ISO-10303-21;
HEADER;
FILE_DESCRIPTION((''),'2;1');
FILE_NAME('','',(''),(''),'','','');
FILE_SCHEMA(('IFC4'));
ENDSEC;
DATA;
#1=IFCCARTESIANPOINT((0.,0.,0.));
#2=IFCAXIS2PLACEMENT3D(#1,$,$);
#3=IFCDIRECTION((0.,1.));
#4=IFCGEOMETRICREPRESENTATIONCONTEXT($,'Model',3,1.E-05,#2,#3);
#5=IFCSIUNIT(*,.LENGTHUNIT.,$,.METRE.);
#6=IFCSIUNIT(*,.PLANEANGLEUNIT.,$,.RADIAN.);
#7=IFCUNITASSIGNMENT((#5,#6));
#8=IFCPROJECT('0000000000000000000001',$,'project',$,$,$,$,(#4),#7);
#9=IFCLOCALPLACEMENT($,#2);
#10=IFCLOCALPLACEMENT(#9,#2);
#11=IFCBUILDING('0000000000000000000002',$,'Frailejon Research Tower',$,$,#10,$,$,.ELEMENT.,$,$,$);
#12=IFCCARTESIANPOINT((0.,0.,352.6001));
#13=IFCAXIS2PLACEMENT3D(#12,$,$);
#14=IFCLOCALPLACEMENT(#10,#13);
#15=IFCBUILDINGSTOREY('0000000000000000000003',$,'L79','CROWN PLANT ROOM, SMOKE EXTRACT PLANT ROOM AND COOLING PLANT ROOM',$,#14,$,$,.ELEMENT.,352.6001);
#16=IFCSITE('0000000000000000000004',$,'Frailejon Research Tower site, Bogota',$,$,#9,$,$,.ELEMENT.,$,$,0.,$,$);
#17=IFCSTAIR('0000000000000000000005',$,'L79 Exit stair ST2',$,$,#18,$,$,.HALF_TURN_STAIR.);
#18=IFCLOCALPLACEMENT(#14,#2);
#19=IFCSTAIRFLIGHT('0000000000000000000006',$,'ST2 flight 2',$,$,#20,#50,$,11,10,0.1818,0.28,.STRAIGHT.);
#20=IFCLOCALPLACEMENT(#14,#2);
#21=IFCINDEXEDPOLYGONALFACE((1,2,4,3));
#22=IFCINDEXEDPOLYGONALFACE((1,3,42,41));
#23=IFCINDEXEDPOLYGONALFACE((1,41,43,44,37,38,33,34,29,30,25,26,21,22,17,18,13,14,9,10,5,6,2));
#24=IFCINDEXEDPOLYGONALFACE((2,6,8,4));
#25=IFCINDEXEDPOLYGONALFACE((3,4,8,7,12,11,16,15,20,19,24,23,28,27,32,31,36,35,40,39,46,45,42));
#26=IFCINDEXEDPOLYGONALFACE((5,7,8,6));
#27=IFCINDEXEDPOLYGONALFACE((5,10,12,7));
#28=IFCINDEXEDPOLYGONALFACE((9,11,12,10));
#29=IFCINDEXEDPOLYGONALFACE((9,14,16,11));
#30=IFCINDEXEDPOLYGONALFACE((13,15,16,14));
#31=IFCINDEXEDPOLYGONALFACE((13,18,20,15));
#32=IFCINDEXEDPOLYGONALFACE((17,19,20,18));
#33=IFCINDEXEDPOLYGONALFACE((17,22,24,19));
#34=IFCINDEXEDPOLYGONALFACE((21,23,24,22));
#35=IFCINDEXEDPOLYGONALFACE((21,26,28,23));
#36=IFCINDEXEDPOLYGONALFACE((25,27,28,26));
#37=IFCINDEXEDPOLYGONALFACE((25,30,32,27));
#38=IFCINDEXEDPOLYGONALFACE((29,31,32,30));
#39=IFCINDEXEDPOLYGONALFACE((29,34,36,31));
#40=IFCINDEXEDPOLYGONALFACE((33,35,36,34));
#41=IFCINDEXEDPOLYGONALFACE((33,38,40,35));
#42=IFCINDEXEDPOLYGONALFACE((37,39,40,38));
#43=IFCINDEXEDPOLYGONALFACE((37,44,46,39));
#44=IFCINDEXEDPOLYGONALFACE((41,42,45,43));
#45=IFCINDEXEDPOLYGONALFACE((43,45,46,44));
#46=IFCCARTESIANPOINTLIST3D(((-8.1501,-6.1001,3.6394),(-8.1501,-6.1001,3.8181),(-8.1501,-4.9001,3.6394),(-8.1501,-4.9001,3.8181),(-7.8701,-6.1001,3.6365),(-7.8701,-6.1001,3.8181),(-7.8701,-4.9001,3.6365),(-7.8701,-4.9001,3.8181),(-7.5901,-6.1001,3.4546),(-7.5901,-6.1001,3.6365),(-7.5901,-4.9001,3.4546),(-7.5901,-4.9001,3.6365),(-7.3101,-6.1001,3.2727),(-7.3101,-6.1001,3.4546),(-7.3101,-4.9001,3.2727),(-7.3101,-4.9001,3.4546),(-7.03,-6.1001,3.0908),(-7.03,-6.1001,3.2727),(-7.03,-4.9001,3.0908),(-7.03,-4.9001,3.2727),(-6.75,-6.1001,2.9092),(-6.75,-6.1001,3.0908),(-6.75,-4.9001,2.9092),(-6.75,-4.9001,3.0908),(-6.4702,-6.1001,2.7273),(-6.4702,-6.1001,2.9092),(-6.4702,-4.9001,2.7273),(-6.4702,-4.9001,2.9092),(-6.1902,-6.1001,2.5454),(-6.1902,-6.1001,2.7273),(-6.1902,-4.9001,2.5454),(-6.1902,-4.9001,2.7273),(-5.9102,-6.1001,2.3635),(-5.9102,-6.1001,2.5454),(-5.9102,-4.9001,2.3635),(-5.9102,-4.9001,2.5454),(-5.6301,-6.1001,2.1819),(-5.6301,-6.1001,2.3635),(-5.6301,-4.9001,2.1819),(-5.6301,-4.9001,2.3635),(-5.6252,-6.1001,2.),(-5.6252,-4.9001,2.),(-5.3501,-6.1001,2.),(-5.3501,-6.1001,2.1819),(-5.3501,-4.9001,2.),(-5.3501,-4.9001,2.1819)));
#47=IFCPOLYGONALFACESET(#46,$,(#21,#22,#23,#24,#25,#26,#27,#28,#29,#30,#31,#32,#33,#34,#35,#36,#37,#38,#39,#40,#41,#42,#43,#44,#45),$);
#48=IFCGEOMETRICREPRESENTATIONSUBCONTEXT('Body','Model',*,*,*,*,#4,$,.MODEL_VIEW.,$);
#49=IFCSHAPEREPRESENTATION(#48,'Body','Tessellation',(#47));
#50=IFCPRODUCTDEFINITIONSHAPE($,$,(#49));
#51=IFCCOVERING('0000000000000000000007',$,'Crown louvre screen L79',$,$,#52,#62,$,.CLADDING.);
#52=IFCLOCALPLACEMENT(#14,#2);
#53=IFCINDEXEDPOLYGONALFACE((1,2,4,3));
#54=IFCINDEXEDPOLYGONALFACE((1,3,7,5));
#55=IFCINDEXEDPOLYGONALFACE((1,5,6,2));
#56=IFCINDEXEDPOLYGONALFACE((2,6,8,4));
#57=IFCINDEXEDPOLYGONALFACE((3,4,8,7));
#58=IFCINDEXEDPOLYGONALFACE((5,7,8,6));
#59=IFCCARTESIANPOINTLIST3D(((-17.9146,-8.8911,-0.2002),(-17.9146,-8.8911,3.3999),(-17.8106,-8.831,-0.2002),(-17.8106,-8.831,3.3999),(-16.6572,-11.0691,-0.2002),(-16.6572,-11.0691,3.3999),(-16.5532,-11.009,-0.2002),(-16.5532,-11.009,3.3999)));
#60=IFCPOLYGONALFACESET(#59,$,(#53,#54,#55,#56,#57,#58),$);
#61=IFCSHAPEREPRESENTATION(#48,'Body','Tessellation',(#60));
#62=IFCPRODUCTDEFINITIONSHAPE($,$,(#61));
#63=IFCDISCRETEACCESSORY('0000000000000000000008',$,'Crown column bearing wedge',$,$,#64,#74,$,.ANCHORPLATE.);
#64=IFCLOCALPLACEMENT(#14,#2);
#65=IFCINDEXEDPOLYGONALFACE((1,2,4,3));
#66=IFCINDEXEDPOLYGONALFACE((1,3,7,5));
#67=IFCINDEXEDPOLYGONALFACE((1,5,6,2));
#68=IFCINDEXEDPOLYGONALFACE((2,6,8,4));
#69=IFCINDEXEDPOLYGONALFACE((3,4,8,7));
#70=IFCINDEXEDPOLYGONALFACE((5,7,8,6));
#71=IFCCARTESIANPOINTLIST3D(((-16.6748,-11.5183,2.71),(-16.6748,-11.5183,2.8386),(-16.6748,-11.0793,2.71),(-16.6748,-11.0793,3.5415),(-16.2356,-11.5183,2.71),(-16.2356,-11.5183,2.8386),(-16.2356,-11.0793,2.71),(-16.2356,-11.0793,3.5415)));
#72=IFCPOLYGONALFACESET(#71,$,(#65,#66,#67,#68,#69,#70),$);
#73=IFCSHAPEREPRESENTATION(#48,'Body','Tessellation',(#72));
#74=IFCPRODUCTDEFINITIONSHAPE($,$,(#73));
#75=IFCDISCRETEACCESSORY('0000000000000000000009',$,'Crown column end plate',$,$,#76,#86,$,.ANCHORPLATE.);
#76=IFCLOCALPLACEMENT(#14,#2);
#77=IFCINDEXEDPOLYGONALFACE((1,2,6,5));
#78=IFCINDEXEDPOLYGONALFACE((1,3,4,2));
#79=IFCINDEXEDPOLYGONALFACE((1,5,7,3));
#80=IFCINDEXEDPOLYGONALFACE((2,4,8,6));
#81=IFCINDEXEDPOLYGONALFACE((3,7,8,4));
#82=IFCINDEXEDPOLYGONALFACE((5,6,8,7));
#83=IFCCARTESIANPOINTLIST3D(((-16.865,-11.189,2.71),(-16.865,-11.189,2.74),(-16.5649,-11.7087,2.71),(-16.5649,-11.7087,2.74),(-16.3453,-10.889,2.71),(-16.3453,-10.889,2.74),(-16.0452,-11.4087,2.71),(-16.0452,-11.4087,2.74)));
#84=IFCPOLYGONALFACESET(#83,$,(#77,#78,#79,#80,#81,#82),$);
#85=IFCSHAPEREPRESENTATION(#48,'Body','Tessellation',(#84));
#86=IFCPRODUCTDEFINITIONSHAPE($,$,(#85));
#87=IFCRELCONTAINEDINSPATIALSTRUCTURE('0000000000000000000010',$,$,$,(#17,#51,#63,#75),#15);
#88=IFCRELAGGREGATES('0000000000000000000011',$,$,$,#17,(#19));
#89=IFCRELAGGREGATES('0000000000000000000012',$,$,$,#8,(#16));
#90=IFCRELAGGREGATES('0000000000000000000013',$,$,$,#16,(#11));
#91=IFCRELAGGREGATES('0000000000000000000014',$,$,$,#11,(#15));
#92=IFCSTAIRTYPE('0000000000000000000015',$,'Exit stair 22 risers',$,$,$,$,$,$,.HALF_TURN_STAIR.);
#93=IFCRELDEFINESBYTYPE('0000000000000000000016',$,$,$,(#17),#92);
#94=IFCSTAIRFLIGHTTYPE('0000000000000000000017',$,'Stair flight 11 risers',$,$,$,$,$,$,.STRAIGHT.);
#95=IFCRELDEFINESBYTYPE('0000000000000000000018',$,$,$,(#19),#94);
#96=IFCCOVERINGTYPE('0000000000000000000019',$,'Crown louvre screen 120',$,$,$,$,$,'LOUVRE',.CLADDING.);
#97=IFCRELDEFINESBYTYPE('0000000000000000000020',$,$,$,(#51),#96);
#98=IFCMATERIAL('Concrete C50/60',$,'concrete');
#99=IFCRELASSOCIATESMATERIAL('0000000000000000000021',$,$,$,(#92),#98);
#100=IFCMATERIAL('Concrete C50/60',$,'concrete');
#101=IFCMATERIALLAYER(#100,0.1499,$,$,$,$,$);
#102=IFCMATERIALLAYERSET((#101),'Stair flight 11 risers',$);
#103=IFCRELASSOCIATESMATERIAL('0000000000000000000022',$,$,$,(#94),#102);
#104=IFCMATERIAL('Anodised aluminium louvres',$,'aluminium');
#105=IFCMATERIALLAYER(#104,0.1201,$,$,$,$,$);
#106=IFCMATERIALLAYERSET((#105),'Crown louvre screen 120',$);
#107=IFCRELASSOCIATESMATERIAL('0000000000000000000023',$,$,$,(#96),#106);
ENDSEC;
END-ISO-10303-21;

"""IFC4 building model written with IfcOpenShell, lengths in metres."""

from ifc_helpers import new_model, si_unit, direction, frame, origin, origin_2d, place, context, subcontext, project, spatial, polyline, rectangle, outline, extrude, material, layer, layer_set, type_object, element, aggregate, save


model = new_model("IFC4")

# Units and contexts
model_context = context("Model", 3, precision=1e-05, world=origin(), true_north=direction((0.0, 1.0)))
body_context = subcontext(model_context, "Body", "Model", "MODEL_VIEW")
ifc_project = project(units=[si_unit("LENGTHUNIT", "METRE"), si_unit("PLANEANGLEUNIT", "RADIAN")], contexts=[model_context])

# Site, building, storey
site_placement = place(None, origin())
site = spatial("IfcSite", under=ifc_project, at=site_placement, Name="Frailejon Research Tower site, Bogota", CompositionType="ELEMENT", RefElevation=0.0)
building_placement = place(site_placement, origin())
building = spatial("IfcBuilding", under=site, at=building_placement, Name="Frailejon Research Tower", CompositionType="ELEMENT")
storey_placement = place(building_placement, frame((0.0, 0.0, 352.6001)))
storey = spatial("IfcBuildingStorey", under=building, at=storey_placement, Name="L79", Description="CROWN PLANT ROOM, SMOKE EXTRACT PLANT ROOM AND COOLING PLANT ROOM", CompositionType="ELEMENT", Elevation=352.6001)

# Stair, stair flight
ifc_material_1 = material(Name="Concrete C50/60", Category="concrete")
stair_type = type_object("IfcStairType", Name="Exit stair 22 risers", PredefinedType="HALF_TURN_STAIR", material=ifc_material_1)
stair_placement = place(storey_placement, origin())
stair = element("IfcStair", 1, at=stair_placement, inside=storey, type_object=stair_type, Name="L79 Exit stair ST2", PredefinedType="HALF_TURN_STAIR")
ifc_material_2 = material(Name="Concrete C50/60", Category="concrete")
ifc_layer_1 = layer(ifc_material_2, 0.1499)
ifc_layer_set_1 = layer_set([ifc_layer_1], Name="Stair flight 11 risers")
stair_flight_type = type_object("IfcStairFlightType", Name="Stair flight 11 risers", PredefinedType="STRAIGHT", material=ifc_layer_set_1)
stair_flight_1_placement = place(storey_placement, frame((-5.3501, -5.5, 2.0), z_axis=(0.0, 0.0, 1.0), x_axis=(-1.0, 0.0, 0.0)))
stair_flight_1 = element("IfcStairFlight", 2, at=stair_flight_1_placement, type_object=stair_flight_type, Name="ST2 flight 2", NumberOfRisers=11, NumberOfTreads=10, PredefinedType="STRAIGHT", RiserHeight=0.1818, TreadLength=0.28, context=body_context, shape_type="SweptSolid", body=[
    extrude(outline(polyline([(0.0, 0.0), (0.0, 0.1819), (0.28, 0.1819), (0.28, 0.3635), (0.5601, 0.3635), (0.5601, 0.5454), (0.8401, 0.5454), (0.8401, 0.7273), (1.1201, 0.7273), (1.1201, 0.9092), (1.3999, 0.9092), (1.3999, 1.0908), (1.6799, 1.0908), (1.6799, 1.2727), (1.96, 1.2727), (1.96, 1.4546), (2.24, 1.4546), (2.24, 1.6365), (2.52, 1.6365), (2.52, 1.8181), (2.8, 1.8181), (2.8, 2.0), (2.8, 1.6394), (0.2751, 0.0), (0.0, 0.0)])), frame((0.0, 0.6001, 0.0), z_axis=(0.0, -1.0, 0.0), x_axis=(1.0, 0.0, 0.0)), (0.0, 0.0, 1.0), 1.2),
])
aggregate(stair, [stair_flight_1])

# Covering
ifc_material_3 = material(Name="Anodised aluminium louvres", Category="aluminium")
ifc_layer_2 = layer(ifc_material_3, 0.1201)
ifc_layer_set_2 = layer_set([ifc_layer_2], Name="Crown louvre screen 120")
covering_type = type_object("IfcCoveringType", Name="Crown louvre screen 120", ElementType="LOUVRE", PredefinedType="CLADDING", material=ifc_layer_set_2)
covering_placement = place(storey_placement, frame((-16.6052, -11.0391, -0.2002), z_axis=(-0.499979, 0.866037, 0.0), x_axis=(-0.866037, -0.499979, 0.0)))
element("IfcCovering", 3, at=covering_placement, inside=storey, type_object=covering_type, Name="Crown louvre screen L79", PredefinedType="CLADDING", context=body_context, shape_type="SweptSolid", body=[
    extrude(outline(polyline([(-0.0601, 0.0), (0.0601, 0.0), (0.0601, 3.6001), (-0.0601, 3.6001), (-0.0601, 0.0)])), origin(), (0.0, 0.0, 1.0), 2.5149),
])

# Discrete accessories
discrete_accessory_1_placement = place(storey_placement, frame((-16.6748, -11.2988, 2.71), z_axis=(1.0, 0.0, 0.0), x_axis=(0.0, 1.0, 0.0)))
element("IfcDiscreteAccessory", 4, at=discrete_accessory_1_placement, inside=storey, Name="Crown column bearing wedge", PredefinedType="ANCHORPLATE", context=body_context, shape_type="SweptSolid", body=[
    extrude(outline(polyline([(-0.2195, 0.0), (0.2195, 0.0), (0.2195, 0.8315), (-0.2195, 0.1287), (-0.2195, 0.0)])), origin(), (0.0, 0.0, 1.0), 0.4392),
])
discrete_accessory_2_placement = place(storey_placement, frame((-16.4551, -11.2988, 2.71), z_axis=(0.0, 0.0, 1.0), x_axis=(0.5, -0.866025, 0.0)))
element("IfcDiscreteAccessory", 5, at=discrete_accessory_2_placement, inside=storey, Name="Crown column end plate", PredefinedType="ANCHORPLATE", context=body_context, shape_type="SweptSolid", body=[
    extrude(rectangle(XDim=0.6001, YDim=0.6001, at=origin_2d()), origin(), (0.0, 0.0, 1.0), 0.03),
])

save(model, "model.ifc")
